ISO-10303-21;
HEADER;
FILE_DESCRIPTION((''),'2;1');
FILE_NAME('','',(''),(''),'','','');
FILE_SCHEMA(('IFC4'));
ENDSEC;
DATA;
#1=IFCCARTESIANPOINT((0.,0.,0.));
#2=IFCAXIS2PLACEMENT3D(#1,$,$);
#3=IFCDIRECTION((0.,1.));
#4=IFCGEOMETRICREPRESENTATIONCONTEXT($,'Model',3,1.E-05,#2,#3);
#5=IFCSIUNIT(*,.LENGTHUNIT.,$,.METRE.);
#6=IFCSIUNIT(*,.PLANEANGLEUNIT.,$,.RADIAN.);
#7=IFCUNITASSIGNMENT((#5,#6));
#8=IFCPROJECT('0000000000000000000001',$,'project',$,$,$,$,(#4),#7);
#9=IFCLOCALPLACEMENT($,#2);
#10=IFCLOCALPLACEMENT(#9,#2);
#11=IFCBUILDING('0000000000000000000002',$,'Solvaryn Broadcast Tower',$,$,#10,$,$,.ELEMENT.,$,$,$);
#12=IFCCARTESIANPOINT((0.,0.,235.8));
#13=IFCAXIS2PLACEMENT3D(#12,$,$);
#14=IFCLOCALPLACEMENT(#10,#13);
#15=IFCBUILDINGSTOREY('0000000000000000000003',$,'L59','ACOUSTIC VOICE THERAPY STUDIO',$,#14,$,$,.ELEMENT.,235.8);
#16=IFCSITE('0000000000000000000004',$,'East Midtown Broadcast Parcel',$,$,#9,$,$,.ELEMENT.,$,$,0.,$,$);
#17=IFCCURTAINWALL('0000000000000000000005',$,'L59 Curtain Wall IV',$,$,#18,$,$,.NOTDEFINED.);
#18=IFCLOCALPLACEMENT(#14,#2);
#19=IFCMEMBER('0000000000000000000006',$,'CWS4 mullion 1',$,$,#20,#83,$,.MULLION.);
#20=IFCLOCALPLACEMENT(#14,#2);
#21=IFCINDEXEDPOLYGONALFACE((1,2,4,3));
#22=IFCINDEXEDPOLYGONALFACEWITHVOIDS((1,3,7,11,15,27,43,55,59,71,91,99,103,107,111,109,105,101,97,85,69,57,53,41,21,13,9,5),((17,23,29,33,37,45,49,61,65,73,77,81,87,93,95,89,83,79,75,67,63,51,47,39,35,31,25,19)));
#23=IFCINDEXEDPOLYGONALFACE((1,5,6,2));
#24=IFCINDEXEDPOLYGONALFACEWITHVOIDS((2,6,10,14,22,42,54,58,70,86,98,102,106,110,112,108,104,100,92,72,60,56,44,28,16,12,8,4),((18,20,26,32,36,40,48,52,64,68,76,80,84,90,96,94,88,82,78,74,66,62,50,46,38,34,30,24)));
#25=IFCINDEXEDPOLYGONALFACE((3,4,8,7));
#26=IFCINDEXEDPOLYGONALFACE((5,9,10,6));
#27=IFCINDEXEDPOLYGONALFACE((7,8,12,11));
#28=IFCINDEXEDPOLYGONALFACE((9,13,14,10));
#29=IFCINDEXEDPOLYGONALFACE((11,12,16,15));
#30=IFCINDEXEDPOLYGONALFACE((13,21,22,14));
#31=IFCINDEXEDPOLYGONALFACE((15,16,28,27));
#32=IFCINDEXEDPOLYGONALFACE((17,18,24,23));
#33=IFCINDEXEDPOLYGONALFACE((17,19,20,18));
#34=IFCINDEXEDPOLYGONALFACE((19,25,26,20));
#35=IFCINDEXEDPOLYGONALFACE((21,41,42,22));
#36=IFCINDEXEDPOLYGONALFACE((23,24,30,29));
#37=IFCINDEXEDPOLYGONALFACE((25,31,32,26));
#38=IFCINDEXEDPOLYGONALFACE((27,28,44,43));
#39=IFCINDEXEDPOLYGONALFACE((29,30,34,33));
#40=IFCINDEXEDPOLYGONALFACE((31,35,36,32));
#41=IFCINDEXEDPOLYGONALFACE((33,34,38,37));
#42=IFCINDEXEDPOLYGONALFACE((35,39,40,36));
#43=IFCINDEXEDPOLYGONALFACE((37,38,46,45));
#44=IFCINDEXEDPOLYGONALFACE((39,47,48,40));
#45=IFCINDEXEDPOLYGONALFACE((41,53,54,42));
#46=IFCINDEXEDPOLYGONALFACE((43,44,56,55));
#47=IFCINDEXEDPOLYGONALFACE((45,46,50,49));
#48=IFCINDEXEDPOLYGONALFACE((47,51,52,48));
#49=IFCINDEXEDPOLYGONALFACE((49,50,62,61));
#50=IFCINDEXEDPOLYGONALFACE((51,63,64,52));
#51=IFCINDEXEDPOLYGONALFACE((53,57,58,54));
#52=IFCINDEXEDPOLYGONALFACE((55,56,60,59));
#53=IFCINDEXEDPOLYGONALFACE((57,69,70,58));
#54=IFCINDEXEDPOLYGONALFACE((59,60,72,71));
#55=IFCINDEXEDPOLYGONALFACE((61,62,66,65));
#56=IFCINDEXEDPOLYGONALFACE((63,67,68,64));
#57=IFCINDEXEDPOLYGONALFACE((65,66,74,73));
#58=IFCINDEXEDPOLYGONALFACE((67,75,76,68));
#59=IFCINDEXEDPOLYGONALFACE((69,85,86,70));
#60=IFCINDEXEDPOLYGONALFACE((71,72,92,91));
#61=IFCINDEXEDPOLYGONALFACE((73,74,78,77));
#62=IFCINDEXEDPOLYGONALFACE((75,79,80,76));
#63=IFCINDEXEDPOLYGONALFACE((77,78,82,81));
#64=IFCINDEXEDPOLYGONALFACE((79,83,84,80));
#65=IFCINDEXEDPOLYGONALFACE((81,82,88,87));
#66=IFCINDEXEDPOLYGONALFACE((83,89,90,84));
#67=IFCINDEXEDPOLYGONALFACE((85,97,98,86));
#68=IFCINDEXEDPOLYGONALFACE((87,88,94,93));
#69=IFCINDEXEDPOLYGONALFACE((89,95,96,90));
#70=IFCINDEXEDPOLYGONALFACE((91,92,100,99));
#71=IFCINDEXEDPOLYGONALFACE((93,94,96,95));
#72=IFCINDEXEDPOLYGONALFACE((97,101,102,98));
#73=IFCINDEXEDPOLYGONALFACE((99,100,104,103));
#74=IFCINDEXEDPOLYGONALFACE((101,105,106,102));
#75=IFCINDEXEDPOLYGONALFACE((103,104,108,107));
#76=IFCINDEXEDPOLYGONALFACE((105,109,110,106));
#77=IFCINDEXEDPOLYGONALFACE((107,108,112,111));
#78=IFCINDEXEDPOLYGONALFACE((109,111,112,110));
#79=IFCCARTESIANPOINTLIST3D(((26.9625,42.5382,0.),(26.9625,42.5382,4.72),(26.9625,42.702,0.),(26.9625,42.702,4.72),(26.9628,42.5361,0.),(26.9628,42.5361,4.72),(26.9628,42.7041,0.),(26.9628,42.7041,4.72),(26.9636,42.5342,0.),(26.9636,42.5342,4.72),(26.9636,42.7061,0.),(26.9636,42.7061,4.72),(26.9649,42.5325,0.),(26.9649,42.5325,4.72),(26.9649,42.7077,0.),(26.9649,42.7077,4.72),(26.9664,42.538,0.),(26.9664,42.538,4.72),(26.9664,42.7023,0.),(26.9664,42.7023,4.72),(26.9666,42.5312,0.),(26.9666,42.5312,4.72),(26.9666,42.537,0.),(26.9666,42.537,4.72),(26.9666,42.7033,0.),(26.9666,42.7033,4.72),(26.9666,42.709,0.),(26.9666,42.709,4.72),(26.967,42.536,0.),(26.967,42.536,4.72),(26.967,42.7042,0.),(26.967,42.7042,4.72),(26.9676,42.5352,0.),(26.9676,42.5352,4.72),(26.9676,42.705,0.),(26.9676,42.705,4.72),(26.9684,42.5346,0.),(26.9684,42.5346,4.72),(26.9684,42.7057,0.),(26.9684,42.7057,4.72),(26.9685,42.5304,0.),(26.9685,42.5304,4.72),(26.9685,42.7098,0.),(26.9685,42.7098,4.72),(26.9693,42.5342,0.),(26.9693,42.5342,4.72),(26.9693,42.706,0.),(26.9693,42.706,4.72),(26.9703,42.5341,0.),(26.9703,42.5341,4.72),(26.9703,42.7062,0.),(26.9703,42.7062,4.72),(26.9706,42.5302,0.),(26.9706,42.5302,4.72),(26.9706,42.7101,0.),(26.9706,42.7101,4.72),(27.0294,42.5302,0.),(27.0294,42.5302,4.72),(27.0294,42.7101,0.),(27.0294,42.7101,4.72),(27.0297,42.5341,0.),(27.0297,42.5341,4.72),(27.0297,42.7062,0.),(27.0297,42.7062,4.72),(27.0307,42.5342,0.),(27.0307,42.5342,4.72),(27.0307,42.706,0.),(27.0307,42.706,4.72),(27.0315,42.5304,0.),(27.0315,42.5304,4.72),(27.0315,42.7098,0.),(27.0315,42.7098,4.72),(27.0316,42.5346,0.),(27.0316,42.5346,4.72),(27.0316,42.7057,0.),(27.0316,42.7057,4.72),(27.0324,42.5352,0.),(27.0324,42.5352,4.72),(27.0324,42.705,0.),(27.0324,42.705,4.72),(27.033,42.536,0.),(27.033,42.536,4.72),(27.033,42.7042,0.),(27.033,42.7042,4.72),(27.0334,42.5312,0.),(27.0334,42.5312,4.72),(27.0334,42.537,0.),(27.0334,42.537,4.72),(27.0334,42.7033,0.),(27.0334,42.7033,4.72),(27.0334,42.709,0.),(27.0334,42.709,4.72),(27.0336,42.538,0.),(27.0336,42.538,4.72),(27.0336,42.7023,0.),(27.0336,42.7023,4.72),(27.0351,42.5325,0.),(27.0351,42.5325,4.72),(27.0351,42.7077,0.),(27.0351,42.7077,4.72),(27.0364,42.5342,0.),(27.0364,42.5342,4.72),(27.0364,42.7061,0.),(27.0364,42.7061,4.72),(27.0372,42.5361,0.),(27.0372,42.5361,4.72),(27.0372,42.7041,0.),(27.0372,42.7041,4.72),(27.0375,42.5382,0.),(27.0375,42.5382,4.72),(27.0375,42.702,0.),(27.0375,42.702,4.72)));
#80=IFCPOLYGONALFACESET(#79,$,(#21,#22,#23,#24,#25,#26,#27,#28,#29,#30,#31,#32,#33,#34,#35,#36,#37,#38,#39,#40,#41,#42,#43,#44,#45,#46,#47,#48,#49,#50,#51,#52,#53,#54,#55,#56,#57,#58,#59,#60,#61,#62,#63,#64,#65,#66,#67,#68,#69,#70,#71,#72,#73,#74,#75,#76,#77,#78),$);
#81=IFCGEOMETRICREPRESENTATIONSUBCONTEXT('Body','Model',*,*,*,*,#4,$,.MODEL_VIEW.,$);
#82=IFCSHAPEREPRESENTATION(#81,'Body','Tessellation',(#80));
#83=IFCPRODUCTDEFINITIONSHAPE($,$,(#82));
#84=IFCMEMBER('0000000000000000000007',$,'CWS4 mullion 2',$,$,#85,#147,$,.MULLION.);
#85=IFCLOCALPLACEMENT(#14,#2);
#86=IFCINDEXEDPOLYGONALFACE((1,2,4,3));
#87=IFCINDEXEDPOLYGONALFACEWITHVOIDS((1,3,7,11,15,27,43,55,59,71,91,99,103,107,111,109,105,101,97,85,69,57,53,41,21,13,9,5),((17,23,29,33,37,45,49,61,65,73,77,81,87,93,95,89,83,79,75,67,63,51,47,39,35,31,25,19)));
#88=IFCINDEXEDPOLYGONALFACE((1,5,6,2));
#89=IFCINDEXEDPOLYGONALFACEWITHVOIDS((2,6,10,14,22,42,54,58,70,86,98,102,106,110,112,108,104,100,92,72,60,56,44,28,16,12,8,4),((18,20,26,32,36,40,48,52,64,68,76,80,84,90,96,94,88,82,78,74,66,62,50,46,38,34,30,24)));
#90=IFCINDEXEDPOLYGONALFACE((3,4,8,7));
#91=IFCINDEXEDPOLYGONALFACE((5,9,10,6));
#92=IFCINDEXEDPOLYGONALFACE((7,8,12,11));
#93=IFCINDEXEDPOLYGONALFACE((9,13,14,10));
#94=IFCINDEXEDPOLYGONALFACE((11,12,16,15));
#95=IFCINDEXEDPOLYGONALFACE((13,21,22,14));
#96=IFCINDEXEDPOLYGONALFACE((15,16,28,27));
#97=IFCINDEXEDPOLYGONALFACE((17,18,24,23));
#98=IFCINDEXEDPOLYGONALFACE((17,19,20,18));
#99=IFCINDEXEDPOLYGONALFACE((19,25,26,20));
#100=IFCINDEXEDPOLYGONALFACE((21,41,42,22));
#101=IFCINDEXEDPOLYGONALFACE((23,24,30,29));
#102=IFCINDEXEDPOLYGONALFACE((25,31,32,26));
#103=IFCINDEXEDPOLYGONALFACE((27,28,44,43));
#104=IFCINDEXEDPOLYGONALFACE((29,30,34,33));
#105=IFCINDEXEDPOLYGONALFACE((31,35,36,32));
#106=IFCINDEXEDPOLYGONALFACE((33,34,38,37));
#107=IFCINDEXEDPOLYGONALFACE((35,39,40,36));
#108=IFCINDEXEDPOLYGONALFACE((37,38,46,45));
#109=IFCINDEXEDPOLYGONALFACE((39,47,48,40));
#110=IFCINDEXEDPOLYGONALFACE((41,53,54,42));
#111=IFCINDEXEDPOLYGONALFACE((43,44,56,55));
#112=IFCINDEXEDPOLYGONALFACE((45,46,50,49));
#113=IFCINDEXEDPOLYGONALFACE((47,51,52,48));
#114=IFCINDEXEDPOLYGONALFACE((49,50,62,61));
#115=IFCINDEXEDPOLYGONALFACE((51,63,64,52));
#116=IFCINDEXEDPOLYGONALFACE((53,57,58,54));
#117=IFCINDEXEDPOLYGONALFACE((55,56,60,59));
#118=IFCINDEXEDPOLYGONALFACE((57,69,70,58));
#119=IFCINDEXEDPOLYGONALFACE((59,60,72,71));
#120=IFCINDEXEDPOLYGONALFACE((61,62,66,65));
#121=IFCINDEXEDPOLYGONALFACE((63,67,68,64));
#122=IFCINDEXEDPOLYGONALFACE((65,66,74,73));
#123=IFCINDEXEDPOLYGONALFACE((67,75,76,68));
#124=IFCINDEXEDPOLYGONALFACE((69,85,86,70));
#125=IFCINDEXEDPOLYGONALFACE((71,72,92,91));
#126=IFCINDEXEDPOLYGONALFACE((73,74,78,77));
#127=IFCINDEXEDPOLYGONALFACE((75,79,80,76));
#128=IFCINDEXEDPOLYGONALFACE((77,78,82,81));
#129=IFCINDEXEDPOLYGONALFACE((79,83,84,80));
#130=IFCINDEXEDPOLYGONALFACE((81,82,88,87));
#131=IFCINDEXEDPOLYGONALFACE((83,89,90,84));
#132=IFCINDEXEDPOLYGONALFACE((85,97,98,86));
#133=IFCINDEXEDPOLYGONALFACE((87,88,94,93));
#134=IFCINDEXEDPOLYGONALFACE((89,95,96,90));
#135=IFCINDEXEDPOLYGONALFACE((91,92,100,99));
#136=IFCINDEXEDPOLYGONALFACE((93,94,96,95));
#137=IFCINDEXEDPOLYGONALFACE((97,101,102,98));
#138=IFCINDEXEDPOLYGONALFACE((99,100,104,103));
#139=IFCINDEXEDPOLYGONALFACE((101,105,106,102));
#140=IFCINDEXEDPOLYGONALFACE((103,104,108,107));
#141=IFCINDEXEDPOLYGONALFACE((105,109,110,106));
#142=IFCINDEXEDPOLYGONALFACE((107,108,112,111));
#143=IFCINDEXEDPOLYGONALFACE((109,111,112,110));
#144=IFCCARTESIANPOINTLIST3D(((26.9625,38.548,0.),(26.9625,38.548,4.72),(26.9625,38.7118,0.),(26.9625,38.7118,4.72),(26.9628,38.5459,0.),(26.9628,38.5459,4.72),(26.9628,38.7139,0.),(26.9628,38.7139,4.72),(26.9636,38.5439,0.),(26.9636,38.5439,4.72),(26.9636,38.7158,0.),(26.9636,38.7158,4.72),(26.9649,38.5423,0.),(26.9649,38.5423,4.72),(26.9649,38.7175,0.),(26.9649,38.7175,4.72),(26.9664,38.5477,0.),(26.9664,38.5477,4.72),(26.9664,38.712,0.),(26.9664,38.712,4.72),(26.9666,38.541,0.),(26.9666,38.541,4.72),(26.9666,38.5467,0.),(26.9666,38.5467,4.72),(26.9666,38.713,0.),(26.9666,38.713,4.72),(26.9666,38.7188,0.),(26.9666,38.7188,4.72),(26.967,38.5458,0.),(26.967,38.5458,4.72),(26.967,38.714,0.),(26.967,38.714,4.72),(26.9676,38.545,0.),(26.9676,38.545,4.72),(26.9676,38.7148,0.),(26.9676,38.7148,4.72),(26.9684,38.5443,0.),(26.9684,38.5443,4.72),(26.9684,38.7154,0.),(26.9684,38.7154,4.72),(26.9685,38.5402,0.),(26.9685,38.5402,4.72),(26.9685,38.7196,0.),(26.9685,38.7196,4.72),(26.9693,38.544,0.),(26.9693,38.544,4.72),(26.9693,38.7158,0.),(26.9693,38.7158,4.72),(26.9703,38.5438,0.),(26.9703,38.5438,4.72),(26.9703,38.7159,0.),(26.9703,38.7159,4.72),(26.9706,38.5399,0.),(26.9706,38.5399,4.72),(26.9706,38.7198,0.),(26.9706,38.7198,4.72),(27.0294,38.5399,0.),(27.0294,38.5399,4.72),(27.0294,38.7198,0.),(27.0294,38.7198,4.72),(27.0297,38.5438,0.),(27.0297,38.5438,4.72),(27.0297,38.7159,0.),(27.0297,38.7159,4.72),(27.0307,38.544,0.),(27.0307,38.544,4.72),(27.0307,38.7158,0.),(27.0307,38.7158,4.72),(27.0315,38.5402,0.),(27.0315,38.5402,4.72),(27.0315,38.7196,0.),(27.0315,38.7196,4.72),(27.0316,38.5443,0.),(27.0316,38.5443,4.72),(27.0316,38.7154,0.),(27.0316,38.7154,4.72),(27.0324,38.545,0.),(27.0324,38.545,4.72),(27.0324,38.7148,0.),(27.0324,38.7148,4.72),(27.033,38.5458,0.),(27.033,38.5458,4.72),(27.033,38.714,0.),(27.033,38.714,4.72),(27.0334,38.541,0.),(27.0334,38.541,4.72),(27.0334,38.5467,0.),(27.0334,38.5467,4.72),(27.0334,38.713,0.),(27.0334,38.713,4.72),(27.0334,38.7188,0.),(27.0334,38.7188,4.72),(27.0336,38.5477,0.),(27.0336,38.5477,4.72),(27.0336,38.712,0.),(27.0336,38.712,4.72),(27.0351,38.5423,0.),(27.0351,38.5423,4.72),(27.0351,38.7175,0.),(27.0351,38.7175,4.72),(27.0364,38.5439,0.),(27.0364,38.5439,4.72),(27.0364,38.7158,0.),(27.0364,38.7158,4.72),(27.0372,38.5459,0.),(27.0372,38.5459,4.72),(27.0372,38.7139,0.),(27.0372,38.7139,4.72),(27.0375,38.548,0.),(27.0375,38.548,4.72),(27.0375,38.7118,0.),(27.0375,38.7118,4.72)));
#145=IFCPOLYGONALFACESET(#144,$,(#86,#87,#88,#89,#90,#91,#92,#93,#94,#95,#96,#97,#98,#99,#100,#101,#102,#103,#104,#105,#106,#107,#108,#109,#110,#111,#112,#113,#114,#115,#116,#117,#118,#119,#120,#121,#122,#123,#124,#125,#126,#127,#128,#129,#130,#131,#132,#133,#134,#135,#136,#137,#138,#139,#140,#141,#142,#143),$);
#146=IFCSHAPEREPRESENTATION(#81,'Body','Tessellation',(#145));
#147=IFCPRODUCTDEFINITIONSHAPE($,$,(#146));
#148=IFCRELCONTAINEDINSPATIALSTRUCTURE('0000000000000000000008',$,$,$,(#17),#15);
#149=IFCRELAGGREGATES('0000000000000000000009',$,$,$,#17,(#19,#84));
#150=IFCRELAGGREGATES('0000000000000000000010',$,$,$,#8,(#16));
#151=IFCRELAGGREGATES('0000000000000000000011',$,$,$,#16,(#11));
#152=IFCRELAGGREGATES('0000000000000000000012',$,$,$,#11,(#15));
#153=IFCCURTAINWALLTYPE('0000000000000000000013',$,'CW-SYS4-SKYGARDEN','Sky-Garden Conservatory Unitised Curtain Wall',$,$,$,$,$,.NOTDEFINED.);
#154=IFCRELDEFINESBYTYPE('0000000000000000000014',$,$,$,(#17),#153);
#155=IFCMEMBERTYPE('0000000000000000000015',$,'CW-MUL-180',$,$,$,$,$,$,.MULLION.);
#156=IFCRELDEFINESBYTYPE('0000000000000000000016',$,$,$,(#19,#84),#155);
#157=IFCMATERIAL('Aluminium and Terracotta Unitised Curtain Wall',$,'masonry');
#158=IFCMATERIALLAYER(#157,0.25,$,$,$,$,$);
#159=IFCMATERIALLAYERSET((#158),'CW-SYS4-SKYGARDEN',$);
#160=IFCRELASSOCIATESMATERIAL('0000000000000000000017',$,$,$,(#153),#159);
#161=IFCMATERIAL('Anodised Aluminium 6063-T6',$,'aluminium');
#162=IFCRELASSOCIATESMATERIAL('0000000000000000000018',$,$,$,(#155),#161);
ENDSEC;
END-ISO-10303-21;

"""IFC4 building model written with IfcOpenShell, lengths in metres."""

from ifc_helpers import new_model, si_unit, direction, frame, origin, origin_2d, place, context, subcontext, project, spatial, hollow_rectangle, extrude, material, layer, layer_set, material_profile, profile_set, type_object, element, aggregate, save


model = new_model("IFC4")

# Units and contexts
model_context = context("Model", 3, precision=1e-05, world=origin(), true_north=direction((0.0, 1.0)))
body_context = subcontext(model_context, "Body", "Model", "MODEL_VIEW")
ifc_project = project(units=[si_unit("LENGTHUNIT", "METRE"), si_unit("PLANEANGLEUNIT", "RADIAN")], contexts=[model_context])

# Site, building, storey
site_placement = place(None, origin())
site = spatial("IfcSite", under=ifc_project, at=site_placement, Name="East Midtown Broadcast Parcel", CompositionType="ELEMENT", RefElevation=0.0)
building_placement = place(site_placement, origin())
building = spatial("IfcBuilding", under=site, at=building_placement, Name="Solvaryn Broadcast Tower", CompositionType="ELEMENT")
storey_placement = place(building_placement, frame((0.0, 0.0, 235.8)))
storey = spatial("IfcBuildingStorey", under=building, at=storey_placement, Name="L59", Description="ACOUSTIC VOICE THERAPY STUDIO", CompositionType="ELEMENT", Elevation=235.8)

# Curtain wall, members
ifc_material_1 = material(Name="Aluminium and Terracotta Unitised Curtain Wall", Category="masonry")
ifc_layer_1 = layer(ifc_material_1, 0.25)
ifc_layer_set_1 = layer_set([ifc_layer_1], Name="CW-SYS4-SKYGARDEN")
curtain_wall_type = type_object("IfcCurtainWallType", Name="CW-SYS4-SKYGARDEN", Description="Sky-Garden Conservatory Unitised Curtain Wall", PredefinedType="NOTDEFINED", material=ifc_layer_set_1)
curtain_wall_1_placement = place(storey_placement, origin())
curtain_wall_1 = element("IfcCurtainWall", 1, at=curtain_wall_1_placement, inside=storey, type_object=curtain_wall_type, Name="L59 Curtain Wall IV", PredefinedType="NOTDEFINED")
ifc_material_2 = material(Name="Anodised Aluminium 6063-T6", Category="aluminium")
ifc_material_profile_1 = material_profile(ifc_material_2, hollow_rectangle(XDim=0.075, YDim=0.1799, WallThickness=0.0039, InnerFilletRadius=0.0039, OuterFilletRadius=0.0081, at=origin_2d()))
ifc_profile_set_1 = profile_set([ifc_material_profile_1], Name="Anodised Aluminium 6063-T6")
member_type_1 = type_object("IfcMemberType", Name="CW-MUL-180", PredefinedType="MULLION", material=ifc_profile_set_1)
member_1_placement = place(storey_placement, frame((27.0, 42.6201, 0.0), z_axis=(0.0, 0.0, 1.0), x_axis=(1.0, 0.0, 0.0)))
member_1 = element("IfcMember", 2, at=member_1_placement, type_object=member_type_1, Name="CWS4 mullion 1", PredefinedType="MULLION", context=body_context, shape_type="SweptSolid", body=[
    extrude(hollow_rectangle(XDim=0.075, YDim=0.1799, WallThickness=0.0039, InnerFilletRadius=0.0039, OuterFilletRadius=0.0081, at=origin_2d()), origin(), (0.0, 0.0, 1.0), 4.72),
])
member_2_placement = place(storey_placement, frame((27.0, 38.6299, 0.0), z_axis=(0.0, 0.0, 1.0), x_axis=(1.0, 0.0, 0.0)))
member_2 = element("IfcMember", 3, at=member_2_placement, type_object=member_type_1, Name="CWS4 mullion 2", PredefinedType="MULLION", context=body_context, shape_type="SweptSolid", body=[
    extrude(hollow_rectangle(XDim=0.075, YDim=0.1799, WallThickness=0.0039, InnerFilletRadius=0.0039, OuterFilletRadius=0.0081, at=origin_2d()), origin(), (0.0, 0.0, 1.0), 4.72),
])

aggregate(curtain_wall_1, [member_1, member_2])

save(model, "model.ifc")
